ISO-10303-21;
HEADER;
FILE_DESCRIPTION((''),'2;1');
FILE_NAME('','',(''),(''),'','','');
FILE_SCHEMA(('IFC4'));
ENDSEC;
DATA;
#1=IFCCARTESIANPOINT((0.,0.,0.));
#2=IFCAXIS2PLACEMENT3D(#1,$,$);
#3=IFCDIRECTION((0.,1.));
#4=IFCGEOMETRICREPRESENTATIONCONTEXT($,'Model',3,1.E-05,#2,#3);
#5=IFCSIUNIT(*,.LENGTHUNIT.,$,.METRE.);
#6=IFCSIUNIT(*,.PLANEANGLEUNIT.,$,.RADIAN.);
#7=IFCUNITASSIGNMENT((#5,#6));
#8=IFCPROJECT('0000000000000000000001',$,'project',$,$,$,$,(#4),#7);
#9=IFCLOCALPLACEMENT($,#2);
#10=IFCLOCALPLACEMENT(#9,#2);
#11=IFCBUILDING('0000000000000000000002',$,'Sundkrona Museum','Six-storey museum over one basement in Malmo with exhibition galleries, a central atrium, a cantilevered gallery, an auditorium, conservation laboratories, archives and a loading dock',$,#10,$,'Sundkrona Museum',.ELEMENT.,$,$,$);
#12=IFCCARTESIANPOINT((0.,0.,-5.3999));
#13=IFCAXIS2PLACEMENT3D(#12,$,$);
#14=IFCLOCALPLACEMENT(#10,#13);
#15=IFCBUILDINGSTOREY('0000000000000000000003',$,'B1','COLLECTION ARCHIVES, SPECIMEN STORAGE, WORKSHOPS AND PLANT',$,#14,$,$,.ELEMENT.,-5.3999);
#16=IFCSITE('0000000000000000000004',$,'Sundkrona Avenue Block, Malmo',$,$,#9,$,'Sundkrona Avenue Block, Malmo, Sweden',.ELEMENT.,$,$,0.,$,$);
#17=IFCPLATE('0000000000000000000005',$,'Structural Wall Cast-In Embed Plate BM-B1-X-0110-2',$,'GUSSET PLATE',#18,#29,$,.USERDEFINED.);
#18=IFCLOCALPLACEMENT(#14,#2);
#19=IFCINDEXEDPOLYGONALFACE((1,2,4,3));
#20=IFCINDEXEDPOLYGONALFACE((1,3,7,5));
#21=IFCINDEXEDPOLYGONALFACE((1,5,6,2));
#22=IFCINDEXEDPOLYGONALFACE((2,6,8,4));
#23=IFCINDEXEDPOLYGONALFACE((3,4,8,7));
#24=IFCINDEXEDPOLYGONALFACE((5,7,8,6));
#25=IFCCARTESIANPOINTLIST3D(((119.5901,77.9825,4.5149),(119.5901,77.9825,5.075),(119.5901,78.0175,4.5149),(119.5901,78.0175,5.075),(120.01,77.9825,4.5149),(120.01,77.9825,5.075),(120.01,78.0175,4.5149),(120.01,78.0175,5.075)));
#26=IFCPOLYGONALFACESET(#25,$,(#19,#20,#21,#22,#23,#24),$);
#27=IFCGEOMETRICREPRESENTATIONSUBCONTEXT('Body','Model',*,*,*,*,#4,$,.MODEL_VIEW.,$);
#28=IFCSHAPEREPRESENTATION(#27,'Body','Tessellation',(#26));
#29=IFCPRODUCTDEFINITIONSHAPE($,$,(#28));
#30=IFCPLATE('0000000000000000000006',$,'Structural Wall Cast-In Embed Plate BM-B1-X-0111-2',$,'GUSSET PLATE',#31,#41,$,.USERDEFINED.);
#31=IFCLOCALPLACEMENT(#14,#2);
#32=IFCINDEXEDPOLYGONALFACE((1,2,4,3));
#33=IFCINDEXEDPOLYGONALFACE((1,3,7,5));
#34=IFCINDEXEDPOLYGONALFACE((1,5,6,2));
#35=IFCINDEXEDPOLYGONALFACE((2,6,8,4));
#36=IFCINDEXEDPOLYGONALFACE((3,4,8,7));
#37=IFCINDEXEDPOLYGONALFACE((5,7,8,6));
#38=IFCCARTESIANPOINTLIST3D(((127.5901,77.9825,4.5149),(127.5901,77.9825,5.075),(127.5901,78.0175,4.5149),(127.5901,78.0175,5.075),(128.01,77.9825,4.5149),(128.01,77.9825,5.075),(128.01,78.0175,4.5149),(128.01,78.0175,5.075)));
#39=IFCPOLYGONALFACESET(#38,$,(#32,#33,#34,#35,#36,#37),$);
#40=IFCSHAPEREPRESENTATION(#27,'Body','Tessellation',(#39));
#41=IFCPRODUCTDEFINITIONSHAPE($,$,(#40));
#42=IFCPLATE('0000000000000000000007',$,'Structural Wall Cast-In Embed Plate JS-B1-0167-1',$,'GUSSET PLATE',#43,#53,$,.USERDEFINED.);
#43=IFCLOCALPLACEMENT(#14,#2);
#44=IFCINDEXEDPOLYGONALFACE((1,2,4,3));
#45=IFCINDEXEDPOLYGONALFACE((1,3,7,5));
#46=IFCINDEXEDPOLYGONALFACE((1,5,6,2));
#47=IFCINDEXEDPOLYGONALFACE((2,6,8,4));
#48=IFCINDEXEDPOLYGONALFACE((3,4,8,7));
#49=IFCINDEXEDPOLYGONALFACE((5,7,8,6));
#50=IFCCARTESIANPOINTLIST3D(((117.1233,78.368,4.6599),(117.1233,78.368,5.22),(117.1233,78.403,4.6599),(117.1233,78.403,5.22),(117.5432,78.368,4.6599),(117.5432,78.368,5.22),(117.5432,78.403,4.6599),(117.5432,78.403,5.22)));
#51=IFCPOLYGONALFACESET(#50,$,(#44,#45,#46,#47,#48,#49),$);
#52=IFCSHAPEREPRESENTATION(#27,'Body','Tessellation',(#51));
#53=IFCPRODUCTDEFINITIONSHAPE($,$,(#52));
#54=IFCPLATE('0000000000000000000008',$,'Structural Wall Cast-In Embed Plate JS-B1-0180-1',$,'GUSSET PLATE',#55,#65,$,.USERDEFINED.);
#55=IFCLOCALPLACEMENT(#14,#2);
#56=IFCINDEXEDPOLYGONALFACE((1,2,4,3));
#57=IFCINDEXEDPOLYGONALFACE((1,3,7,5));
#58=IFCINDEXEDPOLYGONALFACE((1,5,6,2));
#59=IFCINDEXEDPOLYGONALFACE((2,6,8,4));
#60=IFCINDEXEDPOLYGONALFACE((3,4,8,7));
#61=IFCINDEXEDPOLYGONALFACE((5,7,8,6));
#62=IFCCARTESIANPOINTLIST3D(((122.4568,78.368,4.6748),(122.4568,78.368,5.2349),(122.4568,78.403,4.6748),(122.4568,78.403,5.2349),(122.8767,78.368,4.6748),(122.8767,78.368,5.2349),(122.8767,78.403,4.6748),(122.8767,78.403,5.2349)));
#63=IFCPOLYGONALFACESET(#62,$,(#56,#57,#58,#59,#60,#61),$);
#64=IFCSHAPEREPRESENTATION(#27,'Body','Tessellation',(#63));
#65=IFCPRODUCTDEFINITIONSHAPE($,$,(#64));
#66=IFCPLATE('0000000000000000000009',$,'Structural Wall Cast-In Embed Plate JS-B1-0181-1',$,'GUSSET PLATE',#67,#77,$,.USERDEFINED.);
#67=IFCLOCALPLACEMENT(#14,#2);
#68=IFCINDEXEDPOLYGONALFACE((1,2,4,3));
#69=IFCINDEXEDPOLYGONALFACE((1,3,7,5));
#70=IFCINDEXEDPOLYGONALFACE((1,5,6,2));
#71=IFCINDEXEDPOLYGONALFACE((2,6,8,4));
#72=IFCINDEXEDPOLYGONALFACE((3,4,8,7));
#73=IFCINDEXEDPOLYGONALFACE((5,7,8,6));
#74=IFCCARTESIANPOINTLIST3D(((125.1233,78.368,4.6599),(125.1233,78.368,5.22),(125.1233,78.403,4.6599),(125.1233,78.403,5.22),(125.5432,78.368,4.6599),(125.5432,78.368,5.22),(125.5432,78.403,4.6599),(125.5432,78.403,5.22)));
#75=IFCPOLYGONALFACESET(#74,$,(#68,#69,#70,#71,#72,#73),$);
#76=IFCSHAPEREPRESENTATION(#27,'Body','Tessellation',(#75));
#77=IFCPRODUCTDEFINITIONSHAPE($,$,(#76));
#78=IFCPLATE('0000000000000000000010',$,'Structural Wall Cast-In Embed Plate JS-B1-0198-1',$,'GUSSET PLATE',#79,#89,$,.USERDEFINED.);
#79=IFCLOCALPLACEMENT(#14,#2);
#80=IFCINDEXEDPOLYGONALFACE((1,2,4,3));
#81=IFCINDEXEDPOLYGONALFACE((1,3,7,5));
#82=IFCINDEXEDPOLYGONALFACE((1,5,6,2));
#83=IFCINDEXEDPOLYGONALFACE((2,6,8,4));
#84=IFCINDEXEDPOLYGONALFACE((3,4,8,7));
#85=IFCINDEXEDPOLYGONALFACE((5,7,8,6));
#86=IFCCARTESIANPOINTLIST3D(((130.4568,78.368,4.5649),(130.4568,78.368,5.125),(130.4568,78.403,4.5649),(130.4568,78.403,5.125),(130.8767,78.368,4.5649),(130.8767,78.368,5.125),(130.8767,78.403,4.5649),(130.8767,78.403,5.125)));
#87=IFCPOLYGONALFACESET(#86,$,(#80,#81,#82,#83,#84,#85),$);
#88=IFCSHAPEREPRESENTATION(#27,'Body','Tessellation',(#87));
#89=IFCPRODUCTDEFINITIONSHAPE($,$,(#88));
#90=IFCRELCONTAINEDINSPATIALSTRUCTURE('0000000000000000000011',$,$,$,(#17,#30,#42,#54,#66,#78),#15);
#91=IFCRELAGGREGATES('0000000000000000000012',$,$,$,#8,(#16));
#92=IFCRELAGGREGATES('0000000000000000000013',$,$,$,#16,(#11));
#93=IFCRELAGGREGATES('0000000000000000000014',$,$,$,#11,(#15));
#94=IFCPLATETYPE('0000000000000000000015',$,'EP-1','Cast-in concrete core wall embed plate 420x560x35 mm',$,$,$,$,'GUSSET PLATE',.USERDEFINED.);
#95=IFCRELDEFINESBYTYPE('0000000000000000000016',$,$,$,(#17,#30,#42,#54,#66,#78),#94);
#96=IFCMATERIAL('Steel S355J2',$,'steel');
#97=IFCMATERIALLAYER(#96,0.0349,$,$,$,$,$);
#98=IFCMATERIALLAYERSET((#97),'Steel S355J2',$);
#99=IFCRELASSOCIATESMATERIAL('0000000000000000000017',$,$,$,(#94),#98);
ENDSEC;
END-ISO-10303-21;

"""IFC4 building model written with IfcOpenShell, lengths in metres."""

from ifc_helpers import new_model, si_unit, direction, frame, origin, origin_2d, place, context, subcontext, project, spatial, rectangle, extrude, material, layer, layer_set, type_object, element, save


model = new_model("IFC4")

# Units and contexts
model_context = context("Model", 3, precision=1e-05, world=origin(), true_north=direction((0.0, 1.0)))
body_context = subcontext(model_context, "Body", "Model", "MODEL_VIEW")
ifc_project = project(units=[si_unit("LENGTHUNIT", "METRE"), si_unit("PLANEANGLEUNIT", "RADIAN")], contexts=[model_context])

# Site, building, storey
site_placement = place(None, origin())
site = spatial("IfcSite", under=ifc_project, at=site_placement, Name="Sundkrona Avenue Block, Malmo", LongName="Sundkrona Avenue Block, Malmo, Sweden", CompositionType="ELEMENT", RefElevation=0.0)
building_placement = place(site_placement, origin())
building = spatial("IfcBuilding", under=site, at=building_placement, Name="Sundkrona Museum", Description="Six-storey museum over one basement in Malmo with exhibition galleries, a central atrium, a cantilevered gallery, an auditorium, conservation laboratories, archives and a loading dock", LongName="Sundkrona Museum", CompositionType="ELEMENT")
storey_placement = place(building_placement, frame((0.0, 0.0, -5.3999)))
storey = spatial("IfcBuildingStorey", under=building, at=storey_placement, Name="B1", Description="COLLECTION ARCHIVES, SPECIMEN STORAGE, WORKSHOPS AND PLANT", CompositionType="ELEMENT", Elevation=-5.3999)

# Shared definitions
ifc_material_1 = material(Name="Steel S355J2", Category="steel")

# Plates
ifc_layer = layer(ifc_material_1, 0.0349)
ifc_layer_set = layer_set([ifc_layer], Name="Steel S355J2")
plate_type = type_object("IfcPlateType", Name="EP-1", Description="Cast-in concrete core wall embed plate 420x560x35 mm", ElementType="GUSSET PLATE", PredefinedType="USERDEFINED", material=ifc_layer_set)
for number, where, z_axis, x_axis, name in (
    (1, (119.8, 78.0, 4.5149), (0.0, 0.0, 1.0), (1.0, 0.0, 0.0), "Structural Wall Cast-In Embed Plate BM-B1-X-0110-2"),
    (2, (127.8, 78.0, 4.5149), (0.0, 0.0, 1.0), (1.0, 0.0, 0.0), "Structural Wall Cast-In Embed Plate BM-B1-X-0111-2"),
    (3, (117.3333, 78.3855, 4.6599), (0.0, 0.0, 1.0), (1.0, 0.0, 0.0), "Structural Wall Cast-In Embed Plate JS-B1-0167-1"),
    (4, (122.6667, 78.3855, 4.6748), (0.0, 0.0, 1.0), (1.0, 0.0, 0.0), "Structural Wall Cast-In Embed Plate JS-B1-0180-1"),
    (5, (125.3333, 78.3855, 4.6599), (0.0, 0.0, 1.0), (1.0, 0.0, 0.0), "Structural Wall Cast-In Embed Plate JS-B1-0181-1"),
    (6, (130.6667, 78.3855, 4.5649), (0.0, 0.0, 1.0), (1.0, 0.0, 0.0), "Structural Wall Cast-In Embed Plate JS-B1-0198-1"),
):
    element("IfcPlate", number, at=place(storey_placement, frame(where, z_axis=z_axis, x_axis=x_axis)), inside=storey, type_object=plate_type, Name=name, ObjectType="GUSSET PLATE", PredefinedType="USERDEFINED", context=body_context, shape_type="SweptSolid", body=[
        extrude(rectangle(XDim=0.4199, YDim=0.0349, at=origin_2d()), origin(), (0.0, 0.0, 1.0), 0.5601),
    ])

save(model, "model.ifc")
